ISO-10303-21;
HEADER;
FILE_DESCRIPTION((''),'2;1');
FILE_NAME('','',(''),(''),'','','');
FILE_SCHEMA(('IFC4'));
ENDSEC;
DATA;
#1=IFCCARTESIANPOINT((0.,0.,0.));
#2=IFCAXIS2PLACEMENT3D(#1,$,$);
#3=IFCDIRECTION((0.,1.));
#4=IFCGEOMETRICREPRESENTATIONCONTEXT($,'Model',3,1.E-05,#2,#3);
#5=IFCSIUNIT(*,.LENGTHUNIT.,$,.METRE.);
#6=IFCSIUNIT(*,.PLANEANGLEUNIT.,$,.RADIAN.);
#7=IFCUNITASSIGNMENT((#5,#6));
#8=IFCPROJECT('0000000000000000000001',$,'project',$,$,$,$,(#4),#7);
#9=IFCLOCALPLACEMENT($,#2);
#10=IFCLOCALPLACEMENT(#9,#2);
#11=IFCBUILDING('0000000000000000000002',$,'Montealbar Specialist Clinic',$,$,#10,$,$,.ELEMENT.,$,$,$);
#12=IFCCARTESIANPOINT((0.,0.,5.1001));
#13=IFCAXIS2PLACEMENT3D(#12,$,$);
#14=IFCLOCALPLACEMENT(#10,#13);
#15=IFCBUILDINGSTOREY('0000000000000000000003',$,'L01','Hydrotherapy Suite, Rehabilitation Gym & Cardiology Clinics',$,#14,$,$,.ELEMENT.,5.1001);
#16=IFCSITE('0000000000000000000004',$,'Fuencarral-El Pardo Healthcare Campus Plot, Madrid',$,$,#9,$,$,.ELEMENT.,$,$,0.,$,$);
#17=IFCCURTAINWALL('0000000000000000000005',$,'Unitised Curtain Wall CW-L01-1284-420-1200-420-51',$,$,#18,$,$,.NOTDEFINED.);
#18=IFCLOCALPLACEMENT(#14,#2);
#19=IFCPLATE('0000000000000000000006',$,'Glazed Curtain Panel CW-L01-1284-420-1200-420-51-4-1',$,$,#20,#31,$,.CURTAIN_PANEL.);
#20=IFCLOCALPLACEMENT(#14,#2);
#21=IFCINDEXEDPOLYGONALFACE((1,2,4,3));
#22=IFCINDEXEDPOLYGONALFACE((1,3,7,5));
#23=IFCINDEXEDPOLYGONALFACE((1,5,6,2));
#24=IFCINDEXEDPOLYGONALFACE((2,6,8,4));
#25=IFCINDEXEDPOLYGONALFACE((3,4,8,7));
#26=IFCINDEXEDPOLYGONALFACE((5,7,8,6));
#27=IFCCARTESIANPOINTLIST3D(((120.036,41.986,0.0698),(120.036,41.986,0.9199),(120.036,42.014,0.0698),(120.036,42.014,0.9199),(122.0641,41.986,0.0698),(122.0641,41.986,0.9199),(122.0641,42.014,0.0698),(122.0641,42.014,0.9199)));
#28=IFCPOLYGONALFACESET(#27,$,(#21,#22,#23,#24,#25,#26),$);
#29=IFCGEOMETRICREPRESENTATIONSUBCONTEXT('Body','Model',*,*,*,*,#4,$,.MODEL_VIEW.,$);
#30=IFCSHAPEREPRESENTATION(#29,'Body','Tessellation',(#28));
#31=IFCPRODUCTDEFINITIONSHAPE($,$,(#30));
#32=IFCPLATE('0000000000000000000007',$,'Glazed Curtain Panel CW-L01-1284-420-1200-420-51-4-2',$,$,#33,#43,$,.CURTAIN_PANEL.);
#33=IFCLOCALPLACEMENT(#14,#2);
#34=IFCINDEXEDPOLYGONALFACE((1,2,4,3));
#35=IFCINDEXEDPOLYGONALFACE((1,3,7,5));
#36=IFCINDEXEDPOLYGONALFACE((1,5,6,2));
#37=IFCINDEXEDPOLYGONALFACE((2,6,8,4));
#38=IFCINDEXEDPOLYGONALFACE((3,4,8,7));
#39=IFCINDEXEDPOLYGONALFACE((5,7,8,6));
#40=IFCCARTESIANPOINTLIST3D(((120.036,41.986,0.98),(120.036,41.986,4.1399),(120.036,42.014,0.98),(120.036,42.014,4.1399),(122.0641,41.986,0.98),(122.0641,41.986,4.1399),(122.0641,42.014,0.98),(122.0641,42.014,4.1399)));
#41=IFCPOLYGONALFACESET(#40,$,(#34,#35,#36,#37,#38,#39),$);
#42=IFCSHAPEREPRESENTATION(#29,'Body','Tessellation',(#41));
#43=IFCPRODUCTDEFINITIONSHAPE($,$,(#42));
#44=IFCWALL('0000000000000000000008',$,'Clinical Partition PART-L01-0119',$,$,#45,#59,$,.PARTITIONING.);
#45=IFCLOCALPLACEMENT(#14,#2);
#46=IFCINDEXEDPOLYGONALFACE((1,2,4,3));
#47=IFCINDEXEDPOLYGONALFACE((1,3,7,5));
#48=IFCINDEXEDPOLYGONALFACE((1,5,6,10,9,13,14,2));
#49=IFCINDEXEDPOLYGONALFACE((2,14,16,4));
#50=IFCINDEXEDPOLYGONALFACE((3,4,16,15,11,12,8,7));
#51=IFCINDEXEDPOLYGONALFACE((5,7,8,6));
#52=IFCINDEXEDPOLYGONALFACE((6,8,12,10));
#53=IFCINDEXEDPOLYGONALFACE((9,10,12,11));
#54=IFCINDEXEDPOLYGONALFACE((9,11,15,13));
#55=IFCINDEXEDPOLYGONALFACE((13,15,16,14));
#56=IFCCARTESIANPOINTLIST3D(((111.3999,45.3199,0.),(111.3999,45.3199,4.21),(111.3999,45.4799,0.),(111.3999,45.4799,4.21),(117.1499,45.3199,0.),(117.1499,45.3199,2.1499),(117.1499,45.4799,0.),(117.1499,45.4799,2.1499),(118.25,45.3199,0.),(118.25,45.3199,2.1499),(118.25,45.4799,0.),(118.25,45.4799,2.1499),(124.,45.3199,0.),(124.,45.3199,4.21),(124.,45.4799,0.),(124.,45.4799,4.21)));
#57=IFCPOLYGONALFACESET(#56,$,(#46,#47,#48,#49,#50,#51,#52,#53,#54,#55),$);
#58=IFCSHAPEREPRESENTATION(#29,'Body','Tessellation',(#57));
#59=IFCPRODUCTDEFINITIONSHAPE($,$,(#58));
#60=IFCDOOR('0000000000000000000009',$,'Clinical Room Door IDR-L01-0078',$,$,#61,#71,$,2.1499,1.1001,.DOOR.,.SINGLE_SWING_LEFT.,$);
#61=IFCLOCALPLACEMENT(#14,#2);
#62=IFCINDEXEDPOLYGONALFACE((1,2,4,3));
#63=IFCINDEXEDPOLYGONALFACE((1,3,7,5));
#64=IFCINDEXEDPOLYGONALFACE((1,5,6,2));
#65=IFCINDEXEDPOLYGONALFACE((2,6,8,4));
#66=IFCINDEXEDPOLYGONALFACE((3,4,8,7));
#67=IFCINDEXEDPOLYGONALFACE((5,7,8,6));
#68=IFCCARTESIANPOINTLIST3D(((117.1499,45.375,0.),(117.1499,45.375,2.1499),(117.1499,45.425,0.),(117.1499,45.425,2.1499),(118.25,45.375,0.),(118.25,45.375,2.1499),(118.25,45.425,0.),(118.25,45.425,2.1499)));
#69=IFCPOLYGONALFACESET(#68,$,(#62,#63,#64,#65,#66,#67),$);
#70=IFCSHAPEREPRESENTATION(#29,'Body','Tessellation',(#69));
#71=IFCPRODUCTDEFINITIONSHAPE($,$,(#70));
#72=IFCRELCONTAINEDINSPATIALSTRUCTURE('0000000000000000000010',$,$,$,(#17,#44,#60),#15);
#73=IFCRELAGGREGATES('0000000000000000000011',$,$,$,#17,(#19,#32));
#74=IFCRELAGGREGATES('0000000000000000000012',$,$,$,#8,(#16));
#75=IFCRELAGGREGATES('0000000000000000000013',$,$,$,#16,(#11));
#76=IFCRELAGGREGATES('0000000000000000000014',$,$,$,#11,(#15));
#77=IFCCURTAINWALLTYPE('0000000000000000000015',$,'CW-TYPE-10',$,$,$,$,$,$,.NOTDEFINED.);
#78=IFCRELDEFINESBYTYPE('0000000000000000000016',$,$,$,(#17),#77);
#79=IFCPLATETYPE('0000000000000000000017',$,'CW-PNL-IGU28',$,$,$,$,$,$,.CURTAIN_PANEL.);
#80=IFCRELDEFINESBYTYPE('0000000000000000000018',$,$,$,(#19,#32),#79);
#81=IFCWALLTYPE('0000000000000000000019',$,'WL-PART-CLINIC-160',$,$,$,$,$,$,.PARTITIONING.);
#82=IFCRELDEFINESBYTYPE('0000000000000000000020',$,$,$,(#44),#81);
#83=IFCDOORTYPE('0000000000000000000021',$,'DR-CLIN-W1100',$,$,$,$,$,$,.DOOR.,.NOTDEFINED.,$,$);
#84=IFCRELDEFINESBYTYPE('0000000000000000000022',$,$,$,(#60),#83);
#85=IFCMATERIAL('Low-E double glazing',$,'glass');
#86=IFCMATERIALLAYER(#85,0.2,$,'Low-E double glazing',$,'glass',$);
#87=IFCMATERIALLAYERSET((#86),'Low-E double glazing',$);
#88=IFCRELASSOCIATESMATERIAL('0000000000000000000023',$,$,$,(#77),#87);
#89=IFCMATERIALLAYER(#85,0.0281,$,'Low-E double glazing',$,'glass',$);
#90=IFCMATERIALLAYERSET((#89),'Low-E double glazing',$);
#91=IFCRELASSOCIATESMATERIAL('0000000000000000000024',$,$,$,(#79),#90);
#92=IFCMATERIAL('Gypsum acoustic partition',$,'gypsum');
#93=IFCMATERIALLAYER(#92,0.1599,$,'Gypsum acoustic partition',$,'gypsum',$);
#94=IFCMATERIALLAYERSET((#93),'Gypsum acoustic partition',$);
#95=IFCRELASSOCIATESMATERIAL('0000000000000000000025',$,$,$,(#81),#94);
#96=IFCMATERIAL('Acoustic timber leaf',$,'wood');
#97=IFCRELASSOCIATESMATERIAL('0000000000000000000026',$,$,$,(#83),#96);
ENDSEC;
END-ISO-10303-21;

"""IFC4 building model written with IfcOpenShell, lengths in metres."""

from ifc_helpers import new_model, si_unit, direction, frame, frame_2d, origin, origin_2d, place, context, subcontext, project, spatial, rectangle, extrude, material, layer, layer_set, type_object, element, fill, aggregate, save


model = new_model("IFC4")

# Units and contexts
model_context = context("Model", 3, precision=1e-05, world=origin(), true_north=direction((0.0, 1.0)))
body_context = subcontext(model_context, "Body", "Model", "MODEL_VIEW")
ifc_project = project(units=[si_unit("LENGTHUNIT", "METRE"), si_unit("PLANEANGLEUNIT", "RADIAN")], contexts=[model_context])

# Site, building, storey
site_placement = place(None, origin())
site = spatial("IfcSite", under=ifc_project, at=site_placement, Name="Fuencarral-El Pardo Healthcare Campus Plot, Madrid", CompositionType="ELEMENT", RefElevation=0.0)
building_placement = place(site_placement, origin())
building = spatial("IfcBuilding", under=site, at=building_placement, Name="Montealbar Specialist Clinic", CompositionType="ELEMENT")
storey_placement = place(building_placement, frame((0.0, 0.0, 5.1001)))
storey = spatial("IfcBuildingStorey", under=building, at=storey_placement, Name="L01", Description="Hydrotherapy Suite, Rehabilitation Gym & Cardiology Clinics", CompositionType="ELEMENT", Elevation=5.1001)

# Curtain wall
ifc_material_1 = material(Name="Low-E double glazing", Category="glass")
ifc_layer_1 = layer(ifc_material_1, 0.2, Name="Low-E double glazing", Category="glass")
ifc_layer_set_1 = layer_set([ifc_layer_1], Name="Low-E double glazing")
curtain_wall_type_1 = type_object("IfcCurtainWallType", Name="CW-TYPE-10", PredefinedType="NOTDEFINED", material=ifc_layer_set_1)
curtain_wall_1_placement = place(storey_placement, origin())
curtain_wall_1 = element("IfcCurtainWall", 1, at=curtain_wall_1_placement, inside=storey, type_object=curtain_wall_type_1, Name="Unitised Curtain Wall CW-L01-1284-420-1200-420-51", PredefinedType="NOTDEFINED")

# Plates
ifc_layer_2 = layer(ifc_material_1, 0.0281, Name="Low-E double glazing", Category="glass")
ifc_layer_set_2 = layer_set([ifc_layer_2], Name="Low-E double glazing")
plate_type = type_object("IfcPlateType", Name="CW-PNL-IGU28", PredefinedType="CURTAIN_PANEL", material=ifc_layer_set_2)
plate_1_placement = place(storey_placement, frame((121.05, 42.0, 0.0698), z_axis=(0.0, 0.0, 1.0), x_axis=(-1.0, 0.0, 0.0)))
plate_1 = element("IfcPlate", 2, at=plate_1_placement, type_object=plate_type, Name="Glazed Curtain Panel CW-L01-1284-420-1200-420-51-4-1", PredefinedType="CURTAIN_PANEL", context=body_context, shape_type="SweptSolid", body=[
    extrude(rectangle(XDim=2.0281, YDim=0.0281, at=origin_2d()), origin(), (0.0, 0.0, 1.0), 0.8501),
])
plate_2_placement = place(storey_placement, frame((121.05, 42.0, 0.98), z_axis=(0.0, 0.0, 1.0), x_axis=(-1.0, 0.0, 0.0)))
plate_2 = element("IfcPlate", 3, at=plate_2_placement, type_object=plate_type, Name="Glazed Curtain Panel CW-L01-1284-420-1200-420-51-4-2", PredefinedType="CURTAIN_PANEL", context=body_context, shape_type="SweptSolid", body=[
    extrude(rectangle(XDim=2.0281, YDim=0.0281, at=origin_2d()), origin(), (0.0, 0.0, 1.0), 3.1599),
])
aggregate(curtain_wall_1, [plate_1, plate_2])

# Wall, opening, door
ifc_material_2 = material(Name="Gypsum acoustic partition", Category="gypsum")
ifc_layer_3 = layer(ifc_material_2, 0.1599, Name="Gypsum acoustic partition", Category="gypsum")
ifc_layer_set_3 = layer_set([ifc_layer_3], Name="Gypsum acoustic partition")
wall_type = type_object("IfcWallType", Name="WL-PART-CLINIC-160", PredefinedType="PARTITIONING", material=ifc_layer_set_3)
wall_placement = place(storey_placement, frame((111.3999, 45.3999, 0.0), z_axis=(0.0, 0.0, 1.0), x_axis=(1.0, 0.0, 0.0)))
wall = element("IfcWall", 4, at=wall_placement, inside=storey, type_object=wall_type, Name="Clinical Partition PART-L01-0119", PredefinedType="PARTITIONING", context=body_context, shape_type="SweptSolid", body=[
    extrude(rectangle(XDim=12.6001, YDim=0.1599, at=frame_2d((6.3, 0.0))), origin(), (0.0, 0.0, 1.0), 4.21),
])
opening_placement = place(wall_placement, frame((5.75, 0.0, 0.0)))
opening = element("IfcOpeningElement", 5, at=opening_placement, cuts=wall, PredefinedType="OPENING", context=body_context, shape_type="SweptSolid", body=[
    extrude(rectangle(XDim=1.1001, YDim=2.1499, at=frame_2d((0.55, 1.075))), frame((0.0, 0.0898, 0.0), z_axis=(0.0, -1.0, 0.0), x_axis=(1.0, 0.0, 0.0)), (0.0, 0.0, 1.0), 0.1799),
])
ifc_material_3 = material(Name="Acoustic timber leaf", Category="wood")
door_type = type_object("IfcDoorType", Name="DR-CLIN-W1100", OperationType="NOTDEFINED", PredefinedType="DOOR", material=ifc_material_3)
door_placement = place(opening_placement, frame((1.1001, 0.0, 0.0), z_axis=(0.0, 0.0, 1.0), x_axis=(-1.0, 0.0, 0.0)))
door = element("IfcDoor", 6, at=door_placement, inside=storey, type_object=door_type, Name="Clinical Room Door IDR-L01-0078", OperationType="SINGLE_SWING_LEFT", OverallHeight=2.1499, OverallWidth=1.1001, PredefinedType="DOOR", context=body_context, shape_type="SweptSolid", body=[
    extrude(rectangle(XDim=1.1001, YDim=2.1499, at=frame_2d((0.55, 1.075))), frame((0.0, 0.0249, 0.0), z_axis=(0.0, -1.0, 0.0), x_axis=(1.0, 0.0, 0.0)), (0.0, 0.0, 1.0), 0.05),
])
fill(opening, door)

save(model, "model.ifc")
